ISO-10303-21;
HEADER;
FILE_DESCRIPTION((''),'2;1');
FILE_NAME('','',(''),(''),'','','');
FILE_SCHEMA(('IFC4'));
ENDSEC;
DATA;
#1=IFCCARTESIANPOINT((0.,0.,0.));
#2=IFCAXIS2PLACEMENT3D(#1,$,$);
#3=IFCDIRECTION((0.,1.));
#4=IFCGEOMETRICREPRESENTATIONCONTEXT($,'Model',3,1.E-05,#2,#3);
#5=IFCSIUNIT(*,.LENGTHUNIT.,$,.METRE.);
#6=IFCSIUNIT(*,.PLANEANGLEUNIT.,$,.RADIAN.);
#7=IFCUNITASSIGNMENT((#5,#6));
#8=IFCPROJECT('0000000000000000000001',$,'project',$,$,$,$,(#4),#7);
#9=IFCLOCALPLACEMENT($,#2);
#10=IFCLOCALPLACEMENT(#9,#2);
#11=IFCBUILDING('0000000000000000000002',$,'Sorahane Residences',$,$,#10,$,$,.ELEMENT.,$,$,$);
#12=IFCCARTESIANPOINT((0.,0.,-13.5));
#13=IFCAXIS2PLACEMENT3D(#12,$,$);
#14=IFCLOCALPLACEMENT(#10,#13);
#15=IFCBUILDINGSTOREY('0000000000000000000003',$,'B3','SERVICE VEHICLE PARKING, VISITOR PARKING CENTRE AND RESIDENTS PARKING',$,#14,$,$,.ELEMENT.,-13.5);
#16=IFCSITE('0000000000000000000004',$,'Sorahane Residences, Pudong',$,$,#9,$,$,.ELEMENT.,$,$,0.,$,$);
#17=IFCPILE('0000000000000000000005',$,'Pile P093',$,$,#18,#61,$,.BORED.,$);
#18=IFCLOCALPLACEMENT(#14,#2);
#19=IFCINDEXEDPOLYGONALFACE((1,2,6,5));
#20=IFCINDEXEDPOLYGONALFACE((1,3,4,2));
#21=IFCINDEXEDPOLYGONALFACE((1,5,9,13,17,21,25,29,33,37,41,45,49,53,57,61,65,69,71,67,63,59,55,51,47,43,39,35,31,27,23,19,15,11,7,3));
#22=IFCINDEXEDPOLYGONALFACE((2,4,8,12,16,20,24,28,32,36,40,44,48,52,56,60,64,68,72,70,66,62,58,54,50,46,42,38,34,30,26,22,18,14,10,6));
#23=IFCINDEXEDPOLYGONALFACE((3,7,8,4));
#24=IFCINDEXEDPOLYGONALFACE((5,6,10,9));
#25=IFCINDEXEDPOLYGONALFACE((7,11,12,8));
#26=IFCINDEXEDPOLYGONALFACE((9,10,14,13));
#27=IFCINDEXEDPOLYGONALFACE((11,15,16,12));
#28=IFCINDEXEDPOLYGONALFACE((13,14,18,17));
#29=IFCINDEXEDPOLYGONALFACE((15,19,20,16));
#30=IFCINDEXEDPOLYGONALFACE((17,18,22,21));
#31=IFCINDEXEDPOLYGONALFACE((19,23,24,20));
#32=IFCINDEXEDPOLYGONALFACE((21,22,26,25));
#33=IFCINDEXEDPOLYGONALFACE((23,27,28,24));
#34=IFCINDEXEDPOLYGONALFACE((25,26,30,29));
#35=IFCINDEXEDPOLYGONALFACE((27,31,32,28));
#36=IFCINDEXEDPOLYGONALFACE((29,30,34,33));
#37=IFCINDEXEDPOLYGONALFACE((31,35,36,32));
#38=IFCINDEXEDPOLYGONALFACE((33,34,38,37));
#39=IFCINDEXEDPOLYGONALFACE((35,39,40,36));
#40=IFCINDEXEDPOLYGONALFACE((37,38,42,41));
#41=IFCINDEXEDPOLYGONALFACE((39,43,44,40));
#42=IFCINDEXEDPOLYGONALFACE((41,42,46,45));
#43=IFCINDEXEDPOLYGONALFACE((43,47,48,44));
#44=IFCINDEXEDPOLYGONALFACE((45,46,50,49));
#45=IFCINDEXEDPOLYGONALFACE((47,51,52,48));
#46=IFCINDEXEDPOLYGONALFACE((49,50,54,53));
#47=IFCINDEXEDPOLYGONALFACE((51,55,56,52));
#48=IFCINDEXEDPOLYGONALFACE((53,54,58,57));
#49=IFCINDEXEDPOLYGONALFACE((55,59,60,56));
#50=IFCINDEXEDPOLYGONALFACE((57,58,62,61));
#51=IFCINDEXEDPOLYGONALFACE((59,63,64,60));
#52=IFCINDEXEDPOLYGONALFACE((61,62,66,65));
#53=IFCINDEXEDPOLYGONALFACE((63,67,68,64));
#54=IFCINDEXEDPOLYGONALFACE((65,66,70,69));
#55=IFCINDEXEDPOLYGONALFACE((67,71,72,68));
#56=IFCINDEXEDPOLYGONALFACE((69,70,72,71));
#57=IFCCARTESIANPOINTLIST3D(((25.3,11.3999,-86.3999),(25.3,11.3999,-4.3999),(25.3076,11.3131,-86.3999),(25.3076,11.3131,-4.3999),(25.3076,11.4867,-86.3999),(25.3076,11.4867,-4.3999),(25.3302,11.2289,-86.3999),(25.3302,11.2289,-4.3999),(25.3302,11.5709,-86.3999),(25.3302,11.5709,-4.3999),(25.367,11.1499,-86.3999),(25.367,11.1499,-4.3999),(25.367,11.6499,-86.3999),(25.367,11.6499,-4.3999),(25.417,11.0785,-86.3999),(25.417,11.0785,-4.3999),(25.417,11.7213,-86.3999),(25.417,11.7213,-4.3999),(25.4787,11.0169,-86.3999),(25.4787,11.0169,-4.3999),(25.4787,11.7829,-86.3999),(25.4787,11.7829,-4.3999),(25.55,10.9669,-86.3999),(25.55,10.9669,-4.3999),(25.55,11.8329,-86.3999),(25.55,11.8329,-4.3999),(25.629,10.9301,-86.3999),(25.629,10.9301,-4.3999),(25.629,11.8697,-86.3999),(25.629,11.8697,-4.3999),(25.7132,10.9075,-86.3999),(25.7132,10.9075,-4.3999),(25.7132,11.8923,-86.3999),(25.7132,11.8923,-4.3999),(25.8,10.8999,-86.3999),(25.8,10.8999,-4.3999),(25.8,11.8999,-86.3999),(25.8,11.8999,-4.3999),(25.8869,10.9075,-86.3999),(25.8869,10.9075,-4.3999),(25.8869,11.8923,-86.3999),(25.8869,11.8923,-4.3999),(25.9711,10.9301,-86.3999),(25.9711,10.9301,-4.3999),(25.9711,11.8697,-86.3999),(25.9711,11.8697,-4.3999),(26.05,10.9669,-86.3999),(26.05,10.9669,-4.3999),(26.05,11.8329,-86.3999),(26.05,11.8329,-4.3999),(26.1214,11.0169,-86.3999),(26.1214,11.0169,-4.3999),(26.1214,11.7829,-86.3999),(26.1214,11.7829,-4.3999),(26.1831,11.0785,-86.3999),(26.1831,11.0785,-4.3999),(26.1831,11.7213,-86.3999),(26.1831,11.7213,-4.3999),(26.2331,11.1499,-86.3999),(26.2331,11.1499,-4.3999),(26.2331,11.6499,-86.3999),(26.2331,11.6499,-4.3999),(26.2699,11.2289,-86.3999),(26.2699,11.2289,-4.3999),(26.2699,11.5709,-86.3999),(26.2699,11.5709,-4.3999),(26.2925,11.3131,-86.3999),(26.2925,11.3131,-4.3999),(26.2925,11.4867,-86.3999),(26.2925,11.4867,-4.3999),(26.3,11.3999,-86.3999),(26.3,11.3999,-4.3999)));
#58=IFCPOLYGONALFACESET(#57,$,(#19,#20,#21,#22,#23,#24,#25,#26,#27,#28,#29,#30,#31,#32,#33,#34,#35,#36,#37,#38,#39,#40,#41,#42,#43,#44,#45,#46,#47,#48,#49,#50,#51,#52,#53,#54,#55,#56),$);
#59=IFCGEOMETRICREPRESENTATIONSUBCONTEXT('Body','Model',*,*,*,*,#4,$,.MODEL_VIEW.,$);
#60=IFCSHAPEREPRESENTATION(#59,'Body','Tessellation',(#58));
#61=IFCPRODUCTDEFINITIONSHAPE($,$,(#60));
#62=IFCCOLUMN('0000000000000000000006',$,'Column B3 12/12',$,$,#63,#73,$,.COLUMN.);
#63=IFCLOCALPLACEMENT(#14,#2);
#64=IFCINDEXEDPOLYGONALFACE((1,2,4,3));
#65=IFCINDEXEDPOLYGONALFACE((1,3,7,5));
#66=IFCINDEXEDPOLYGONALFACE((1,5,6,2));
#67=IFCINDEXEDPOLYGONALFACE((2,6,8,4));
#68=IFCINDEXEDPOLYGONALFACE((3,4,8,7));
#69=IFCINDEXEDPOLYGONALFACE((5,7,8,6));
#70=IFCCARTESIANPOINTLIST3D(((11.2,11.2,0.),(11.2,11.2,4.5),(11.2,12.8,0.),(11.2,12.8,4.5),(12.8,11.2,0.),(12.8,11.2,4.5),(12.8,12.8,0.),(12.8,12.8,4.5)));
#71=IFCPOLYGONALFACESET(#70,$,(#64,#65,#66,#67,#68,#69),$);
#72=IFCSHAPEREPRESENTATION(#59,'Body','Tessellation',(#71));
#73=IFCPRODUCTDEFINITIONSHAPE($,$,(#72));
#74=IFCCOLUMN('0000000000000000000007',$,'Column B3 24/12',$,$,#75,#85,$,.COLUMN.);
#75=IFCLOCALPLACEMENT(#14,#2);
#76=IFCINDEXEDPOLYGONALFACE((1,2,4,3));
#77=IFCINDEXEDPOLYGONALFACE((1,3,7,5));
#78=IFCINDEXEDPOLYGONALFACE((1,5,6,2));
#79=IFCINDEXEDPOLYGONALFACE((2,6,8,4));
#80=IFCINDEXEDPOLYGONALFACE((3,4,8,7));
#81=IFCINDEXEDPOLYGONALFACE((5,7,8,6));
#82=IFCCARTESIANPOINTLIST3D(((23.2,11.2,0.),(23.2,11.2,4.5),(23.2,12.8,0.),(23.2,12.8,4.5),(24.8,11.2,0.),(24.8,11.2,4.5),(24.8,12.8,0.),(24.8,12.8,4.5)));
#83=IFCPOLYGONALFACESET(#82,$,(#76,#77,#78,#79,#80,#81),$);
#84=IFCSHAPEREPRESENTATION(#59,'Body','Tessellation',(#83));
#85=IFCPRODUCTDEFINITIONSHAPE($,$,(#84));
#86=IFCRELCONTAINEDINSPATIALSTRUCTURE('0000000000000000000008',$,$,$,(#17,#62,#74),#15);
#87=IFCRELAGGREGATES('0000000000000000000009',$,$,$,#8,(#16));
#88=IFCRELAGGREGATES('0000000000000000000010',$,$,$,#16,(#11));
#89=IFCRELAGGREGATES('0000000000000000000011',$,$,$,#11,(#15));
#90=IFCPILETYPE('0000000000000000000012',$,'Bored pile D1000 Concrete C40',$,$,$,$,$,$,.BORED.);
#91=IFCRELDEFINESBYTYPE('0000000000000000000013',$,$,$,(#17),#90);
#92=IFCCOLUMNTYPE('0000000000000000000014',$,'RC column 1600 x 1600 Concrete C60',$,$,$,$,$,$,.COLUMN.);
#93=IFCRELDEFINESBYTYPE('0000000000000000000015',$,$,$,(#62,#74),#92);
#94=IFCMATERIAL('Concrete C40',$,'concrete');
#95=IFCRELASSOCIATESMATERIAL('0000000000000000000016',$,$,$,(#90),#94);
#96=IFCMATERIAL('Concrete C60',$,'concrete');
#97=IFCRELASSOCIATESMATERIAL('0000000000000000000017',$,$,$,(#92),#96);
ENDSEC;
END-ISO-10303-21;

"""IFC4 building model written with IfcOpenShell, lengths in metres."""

from ifc_helpers import new_model, si_unit, direction, frame, origin, origin_2d, place, context, subcontext, project, spatial, rectangle, circle, extrude, material, material_profile, profile_set, type_object, element, save


model = new_model("IFC4")

# Units and contexts
model_context = context("Model", 3, precision=1e-05, world=origin(), true_north=direction((0.0, 1.0)))
body_context = subcontext(model_context, "Body", "Model", "MODEL_VIEW")
ifc_project = project(units=[si_unit("LENGTHUNIT", "METRE"), si_unit("PLANEANGLEUNIT", "RADIAN")], contexts=[model_context])

# Site, building, storey
site_placement = place(None, origin())
site = spatial("IfcSite", under=ifc_project, at=site_placement, Name="Sorahane Residences, Pudong", CompositionType="ELEMENT", RefElevation=0.0)
building_placement = place(site_placement, origin())
building = spatial("IfcBuilding", under=site, at=building_placement, Name="Sorahane Residences", CompositionType="ELEMENT")
storey_placement = place(building_placement, frame((0.0, 0.0, -13.5)))
storey = spatial("IfcBuildingStorey", under=building, at=storey_placement, Name="B3", Description="SERVICE VEHICLE PARKING, VISITOR PARKING CENTRE AND RESIDENTS PARKING", CompositionType="ELEMENT", Elevation=-13.5)

# Pile
ifc_material_1 = material(Name="Concrete C40", Category="concrete")
ifc_material_profile_1 = material_profile(ifc_material_1, circle(Radius=0.5, at=origin_2d()), Name="D1000")
ifc_profile_set_1 = profile_set([ifc_material_profile_1], Name="Concrete C40")
pile_type = type_object("IfcPileType", Name="Bored pile D1000 Concrete C40", PredefinedType="BORED", material=ifc_profile_set_1)
for number, where, z_axis, x_axis, name in (
    (1, (25.8, 11.3999, -4.3999), (0.0, 0.0, -1.0), (1.0, 0.0, 0.0), "Pile P093"),
):
    element("IfcPile", number, at=place(storey_placement, frame(where, z_axis=z_axis, x_axis=x_axis)), inside=storey, type_object=pile_type, Name=name, PredefinedType="BORED", context=body_context, shape_type="SweptSolid", body=[
        extrude(circle(Radius=0.5, at=origin_2d()), origin(), (0.0, 0.0, 1.0), 82.0),
    ])

# Columns
ifc_material_2 = material(Name="Concrete C60", Category="concrete")
ifc_material_profile_2 = material_profile(ifc_material_2, rectangle(XDim=1.6001, YDim=1.6001, at=origin_2d()), Name="1600x1600")
ifc_profile_set_2 = profile_set([ifc_material_profile_2], Name="Concrete C60")
column_type = type_object("IfcColumnType", Name="RC column 1600 x 1600 Concrete C60", PredefinedType="COLUMN", material=ifc_profile_set_2)
for number, where, z_axis, x_axis, name in (
    (2, (12.0, 12.0, 0.0), (0.0, 0.0, 1.0), (1.0, 0.0, 0.0), "Column B3 12/12"),
    (3, (24.0, 12.0, 0.0), (0.0, 0.0, 1.0), (1.0, 0.0, 0.0), "Column B3 24/12"),
):
    element("IfcColumn", number, at=place(storey_placement, frame(where, z_axis=z_axis, x_axis=x_axis)), inside=storey, type_object=column_type, Name=name, PredefinedType="COLUMN", context=body_context, shape_type="SweptSolid", body=[
        extrude(rectangle(XDim=1.6001, YDim=1.6001, at=origin_2d()), origin(), (0.0, 0.0, 1.0), 4.5),
    ])

save(model, "model.ifc")
